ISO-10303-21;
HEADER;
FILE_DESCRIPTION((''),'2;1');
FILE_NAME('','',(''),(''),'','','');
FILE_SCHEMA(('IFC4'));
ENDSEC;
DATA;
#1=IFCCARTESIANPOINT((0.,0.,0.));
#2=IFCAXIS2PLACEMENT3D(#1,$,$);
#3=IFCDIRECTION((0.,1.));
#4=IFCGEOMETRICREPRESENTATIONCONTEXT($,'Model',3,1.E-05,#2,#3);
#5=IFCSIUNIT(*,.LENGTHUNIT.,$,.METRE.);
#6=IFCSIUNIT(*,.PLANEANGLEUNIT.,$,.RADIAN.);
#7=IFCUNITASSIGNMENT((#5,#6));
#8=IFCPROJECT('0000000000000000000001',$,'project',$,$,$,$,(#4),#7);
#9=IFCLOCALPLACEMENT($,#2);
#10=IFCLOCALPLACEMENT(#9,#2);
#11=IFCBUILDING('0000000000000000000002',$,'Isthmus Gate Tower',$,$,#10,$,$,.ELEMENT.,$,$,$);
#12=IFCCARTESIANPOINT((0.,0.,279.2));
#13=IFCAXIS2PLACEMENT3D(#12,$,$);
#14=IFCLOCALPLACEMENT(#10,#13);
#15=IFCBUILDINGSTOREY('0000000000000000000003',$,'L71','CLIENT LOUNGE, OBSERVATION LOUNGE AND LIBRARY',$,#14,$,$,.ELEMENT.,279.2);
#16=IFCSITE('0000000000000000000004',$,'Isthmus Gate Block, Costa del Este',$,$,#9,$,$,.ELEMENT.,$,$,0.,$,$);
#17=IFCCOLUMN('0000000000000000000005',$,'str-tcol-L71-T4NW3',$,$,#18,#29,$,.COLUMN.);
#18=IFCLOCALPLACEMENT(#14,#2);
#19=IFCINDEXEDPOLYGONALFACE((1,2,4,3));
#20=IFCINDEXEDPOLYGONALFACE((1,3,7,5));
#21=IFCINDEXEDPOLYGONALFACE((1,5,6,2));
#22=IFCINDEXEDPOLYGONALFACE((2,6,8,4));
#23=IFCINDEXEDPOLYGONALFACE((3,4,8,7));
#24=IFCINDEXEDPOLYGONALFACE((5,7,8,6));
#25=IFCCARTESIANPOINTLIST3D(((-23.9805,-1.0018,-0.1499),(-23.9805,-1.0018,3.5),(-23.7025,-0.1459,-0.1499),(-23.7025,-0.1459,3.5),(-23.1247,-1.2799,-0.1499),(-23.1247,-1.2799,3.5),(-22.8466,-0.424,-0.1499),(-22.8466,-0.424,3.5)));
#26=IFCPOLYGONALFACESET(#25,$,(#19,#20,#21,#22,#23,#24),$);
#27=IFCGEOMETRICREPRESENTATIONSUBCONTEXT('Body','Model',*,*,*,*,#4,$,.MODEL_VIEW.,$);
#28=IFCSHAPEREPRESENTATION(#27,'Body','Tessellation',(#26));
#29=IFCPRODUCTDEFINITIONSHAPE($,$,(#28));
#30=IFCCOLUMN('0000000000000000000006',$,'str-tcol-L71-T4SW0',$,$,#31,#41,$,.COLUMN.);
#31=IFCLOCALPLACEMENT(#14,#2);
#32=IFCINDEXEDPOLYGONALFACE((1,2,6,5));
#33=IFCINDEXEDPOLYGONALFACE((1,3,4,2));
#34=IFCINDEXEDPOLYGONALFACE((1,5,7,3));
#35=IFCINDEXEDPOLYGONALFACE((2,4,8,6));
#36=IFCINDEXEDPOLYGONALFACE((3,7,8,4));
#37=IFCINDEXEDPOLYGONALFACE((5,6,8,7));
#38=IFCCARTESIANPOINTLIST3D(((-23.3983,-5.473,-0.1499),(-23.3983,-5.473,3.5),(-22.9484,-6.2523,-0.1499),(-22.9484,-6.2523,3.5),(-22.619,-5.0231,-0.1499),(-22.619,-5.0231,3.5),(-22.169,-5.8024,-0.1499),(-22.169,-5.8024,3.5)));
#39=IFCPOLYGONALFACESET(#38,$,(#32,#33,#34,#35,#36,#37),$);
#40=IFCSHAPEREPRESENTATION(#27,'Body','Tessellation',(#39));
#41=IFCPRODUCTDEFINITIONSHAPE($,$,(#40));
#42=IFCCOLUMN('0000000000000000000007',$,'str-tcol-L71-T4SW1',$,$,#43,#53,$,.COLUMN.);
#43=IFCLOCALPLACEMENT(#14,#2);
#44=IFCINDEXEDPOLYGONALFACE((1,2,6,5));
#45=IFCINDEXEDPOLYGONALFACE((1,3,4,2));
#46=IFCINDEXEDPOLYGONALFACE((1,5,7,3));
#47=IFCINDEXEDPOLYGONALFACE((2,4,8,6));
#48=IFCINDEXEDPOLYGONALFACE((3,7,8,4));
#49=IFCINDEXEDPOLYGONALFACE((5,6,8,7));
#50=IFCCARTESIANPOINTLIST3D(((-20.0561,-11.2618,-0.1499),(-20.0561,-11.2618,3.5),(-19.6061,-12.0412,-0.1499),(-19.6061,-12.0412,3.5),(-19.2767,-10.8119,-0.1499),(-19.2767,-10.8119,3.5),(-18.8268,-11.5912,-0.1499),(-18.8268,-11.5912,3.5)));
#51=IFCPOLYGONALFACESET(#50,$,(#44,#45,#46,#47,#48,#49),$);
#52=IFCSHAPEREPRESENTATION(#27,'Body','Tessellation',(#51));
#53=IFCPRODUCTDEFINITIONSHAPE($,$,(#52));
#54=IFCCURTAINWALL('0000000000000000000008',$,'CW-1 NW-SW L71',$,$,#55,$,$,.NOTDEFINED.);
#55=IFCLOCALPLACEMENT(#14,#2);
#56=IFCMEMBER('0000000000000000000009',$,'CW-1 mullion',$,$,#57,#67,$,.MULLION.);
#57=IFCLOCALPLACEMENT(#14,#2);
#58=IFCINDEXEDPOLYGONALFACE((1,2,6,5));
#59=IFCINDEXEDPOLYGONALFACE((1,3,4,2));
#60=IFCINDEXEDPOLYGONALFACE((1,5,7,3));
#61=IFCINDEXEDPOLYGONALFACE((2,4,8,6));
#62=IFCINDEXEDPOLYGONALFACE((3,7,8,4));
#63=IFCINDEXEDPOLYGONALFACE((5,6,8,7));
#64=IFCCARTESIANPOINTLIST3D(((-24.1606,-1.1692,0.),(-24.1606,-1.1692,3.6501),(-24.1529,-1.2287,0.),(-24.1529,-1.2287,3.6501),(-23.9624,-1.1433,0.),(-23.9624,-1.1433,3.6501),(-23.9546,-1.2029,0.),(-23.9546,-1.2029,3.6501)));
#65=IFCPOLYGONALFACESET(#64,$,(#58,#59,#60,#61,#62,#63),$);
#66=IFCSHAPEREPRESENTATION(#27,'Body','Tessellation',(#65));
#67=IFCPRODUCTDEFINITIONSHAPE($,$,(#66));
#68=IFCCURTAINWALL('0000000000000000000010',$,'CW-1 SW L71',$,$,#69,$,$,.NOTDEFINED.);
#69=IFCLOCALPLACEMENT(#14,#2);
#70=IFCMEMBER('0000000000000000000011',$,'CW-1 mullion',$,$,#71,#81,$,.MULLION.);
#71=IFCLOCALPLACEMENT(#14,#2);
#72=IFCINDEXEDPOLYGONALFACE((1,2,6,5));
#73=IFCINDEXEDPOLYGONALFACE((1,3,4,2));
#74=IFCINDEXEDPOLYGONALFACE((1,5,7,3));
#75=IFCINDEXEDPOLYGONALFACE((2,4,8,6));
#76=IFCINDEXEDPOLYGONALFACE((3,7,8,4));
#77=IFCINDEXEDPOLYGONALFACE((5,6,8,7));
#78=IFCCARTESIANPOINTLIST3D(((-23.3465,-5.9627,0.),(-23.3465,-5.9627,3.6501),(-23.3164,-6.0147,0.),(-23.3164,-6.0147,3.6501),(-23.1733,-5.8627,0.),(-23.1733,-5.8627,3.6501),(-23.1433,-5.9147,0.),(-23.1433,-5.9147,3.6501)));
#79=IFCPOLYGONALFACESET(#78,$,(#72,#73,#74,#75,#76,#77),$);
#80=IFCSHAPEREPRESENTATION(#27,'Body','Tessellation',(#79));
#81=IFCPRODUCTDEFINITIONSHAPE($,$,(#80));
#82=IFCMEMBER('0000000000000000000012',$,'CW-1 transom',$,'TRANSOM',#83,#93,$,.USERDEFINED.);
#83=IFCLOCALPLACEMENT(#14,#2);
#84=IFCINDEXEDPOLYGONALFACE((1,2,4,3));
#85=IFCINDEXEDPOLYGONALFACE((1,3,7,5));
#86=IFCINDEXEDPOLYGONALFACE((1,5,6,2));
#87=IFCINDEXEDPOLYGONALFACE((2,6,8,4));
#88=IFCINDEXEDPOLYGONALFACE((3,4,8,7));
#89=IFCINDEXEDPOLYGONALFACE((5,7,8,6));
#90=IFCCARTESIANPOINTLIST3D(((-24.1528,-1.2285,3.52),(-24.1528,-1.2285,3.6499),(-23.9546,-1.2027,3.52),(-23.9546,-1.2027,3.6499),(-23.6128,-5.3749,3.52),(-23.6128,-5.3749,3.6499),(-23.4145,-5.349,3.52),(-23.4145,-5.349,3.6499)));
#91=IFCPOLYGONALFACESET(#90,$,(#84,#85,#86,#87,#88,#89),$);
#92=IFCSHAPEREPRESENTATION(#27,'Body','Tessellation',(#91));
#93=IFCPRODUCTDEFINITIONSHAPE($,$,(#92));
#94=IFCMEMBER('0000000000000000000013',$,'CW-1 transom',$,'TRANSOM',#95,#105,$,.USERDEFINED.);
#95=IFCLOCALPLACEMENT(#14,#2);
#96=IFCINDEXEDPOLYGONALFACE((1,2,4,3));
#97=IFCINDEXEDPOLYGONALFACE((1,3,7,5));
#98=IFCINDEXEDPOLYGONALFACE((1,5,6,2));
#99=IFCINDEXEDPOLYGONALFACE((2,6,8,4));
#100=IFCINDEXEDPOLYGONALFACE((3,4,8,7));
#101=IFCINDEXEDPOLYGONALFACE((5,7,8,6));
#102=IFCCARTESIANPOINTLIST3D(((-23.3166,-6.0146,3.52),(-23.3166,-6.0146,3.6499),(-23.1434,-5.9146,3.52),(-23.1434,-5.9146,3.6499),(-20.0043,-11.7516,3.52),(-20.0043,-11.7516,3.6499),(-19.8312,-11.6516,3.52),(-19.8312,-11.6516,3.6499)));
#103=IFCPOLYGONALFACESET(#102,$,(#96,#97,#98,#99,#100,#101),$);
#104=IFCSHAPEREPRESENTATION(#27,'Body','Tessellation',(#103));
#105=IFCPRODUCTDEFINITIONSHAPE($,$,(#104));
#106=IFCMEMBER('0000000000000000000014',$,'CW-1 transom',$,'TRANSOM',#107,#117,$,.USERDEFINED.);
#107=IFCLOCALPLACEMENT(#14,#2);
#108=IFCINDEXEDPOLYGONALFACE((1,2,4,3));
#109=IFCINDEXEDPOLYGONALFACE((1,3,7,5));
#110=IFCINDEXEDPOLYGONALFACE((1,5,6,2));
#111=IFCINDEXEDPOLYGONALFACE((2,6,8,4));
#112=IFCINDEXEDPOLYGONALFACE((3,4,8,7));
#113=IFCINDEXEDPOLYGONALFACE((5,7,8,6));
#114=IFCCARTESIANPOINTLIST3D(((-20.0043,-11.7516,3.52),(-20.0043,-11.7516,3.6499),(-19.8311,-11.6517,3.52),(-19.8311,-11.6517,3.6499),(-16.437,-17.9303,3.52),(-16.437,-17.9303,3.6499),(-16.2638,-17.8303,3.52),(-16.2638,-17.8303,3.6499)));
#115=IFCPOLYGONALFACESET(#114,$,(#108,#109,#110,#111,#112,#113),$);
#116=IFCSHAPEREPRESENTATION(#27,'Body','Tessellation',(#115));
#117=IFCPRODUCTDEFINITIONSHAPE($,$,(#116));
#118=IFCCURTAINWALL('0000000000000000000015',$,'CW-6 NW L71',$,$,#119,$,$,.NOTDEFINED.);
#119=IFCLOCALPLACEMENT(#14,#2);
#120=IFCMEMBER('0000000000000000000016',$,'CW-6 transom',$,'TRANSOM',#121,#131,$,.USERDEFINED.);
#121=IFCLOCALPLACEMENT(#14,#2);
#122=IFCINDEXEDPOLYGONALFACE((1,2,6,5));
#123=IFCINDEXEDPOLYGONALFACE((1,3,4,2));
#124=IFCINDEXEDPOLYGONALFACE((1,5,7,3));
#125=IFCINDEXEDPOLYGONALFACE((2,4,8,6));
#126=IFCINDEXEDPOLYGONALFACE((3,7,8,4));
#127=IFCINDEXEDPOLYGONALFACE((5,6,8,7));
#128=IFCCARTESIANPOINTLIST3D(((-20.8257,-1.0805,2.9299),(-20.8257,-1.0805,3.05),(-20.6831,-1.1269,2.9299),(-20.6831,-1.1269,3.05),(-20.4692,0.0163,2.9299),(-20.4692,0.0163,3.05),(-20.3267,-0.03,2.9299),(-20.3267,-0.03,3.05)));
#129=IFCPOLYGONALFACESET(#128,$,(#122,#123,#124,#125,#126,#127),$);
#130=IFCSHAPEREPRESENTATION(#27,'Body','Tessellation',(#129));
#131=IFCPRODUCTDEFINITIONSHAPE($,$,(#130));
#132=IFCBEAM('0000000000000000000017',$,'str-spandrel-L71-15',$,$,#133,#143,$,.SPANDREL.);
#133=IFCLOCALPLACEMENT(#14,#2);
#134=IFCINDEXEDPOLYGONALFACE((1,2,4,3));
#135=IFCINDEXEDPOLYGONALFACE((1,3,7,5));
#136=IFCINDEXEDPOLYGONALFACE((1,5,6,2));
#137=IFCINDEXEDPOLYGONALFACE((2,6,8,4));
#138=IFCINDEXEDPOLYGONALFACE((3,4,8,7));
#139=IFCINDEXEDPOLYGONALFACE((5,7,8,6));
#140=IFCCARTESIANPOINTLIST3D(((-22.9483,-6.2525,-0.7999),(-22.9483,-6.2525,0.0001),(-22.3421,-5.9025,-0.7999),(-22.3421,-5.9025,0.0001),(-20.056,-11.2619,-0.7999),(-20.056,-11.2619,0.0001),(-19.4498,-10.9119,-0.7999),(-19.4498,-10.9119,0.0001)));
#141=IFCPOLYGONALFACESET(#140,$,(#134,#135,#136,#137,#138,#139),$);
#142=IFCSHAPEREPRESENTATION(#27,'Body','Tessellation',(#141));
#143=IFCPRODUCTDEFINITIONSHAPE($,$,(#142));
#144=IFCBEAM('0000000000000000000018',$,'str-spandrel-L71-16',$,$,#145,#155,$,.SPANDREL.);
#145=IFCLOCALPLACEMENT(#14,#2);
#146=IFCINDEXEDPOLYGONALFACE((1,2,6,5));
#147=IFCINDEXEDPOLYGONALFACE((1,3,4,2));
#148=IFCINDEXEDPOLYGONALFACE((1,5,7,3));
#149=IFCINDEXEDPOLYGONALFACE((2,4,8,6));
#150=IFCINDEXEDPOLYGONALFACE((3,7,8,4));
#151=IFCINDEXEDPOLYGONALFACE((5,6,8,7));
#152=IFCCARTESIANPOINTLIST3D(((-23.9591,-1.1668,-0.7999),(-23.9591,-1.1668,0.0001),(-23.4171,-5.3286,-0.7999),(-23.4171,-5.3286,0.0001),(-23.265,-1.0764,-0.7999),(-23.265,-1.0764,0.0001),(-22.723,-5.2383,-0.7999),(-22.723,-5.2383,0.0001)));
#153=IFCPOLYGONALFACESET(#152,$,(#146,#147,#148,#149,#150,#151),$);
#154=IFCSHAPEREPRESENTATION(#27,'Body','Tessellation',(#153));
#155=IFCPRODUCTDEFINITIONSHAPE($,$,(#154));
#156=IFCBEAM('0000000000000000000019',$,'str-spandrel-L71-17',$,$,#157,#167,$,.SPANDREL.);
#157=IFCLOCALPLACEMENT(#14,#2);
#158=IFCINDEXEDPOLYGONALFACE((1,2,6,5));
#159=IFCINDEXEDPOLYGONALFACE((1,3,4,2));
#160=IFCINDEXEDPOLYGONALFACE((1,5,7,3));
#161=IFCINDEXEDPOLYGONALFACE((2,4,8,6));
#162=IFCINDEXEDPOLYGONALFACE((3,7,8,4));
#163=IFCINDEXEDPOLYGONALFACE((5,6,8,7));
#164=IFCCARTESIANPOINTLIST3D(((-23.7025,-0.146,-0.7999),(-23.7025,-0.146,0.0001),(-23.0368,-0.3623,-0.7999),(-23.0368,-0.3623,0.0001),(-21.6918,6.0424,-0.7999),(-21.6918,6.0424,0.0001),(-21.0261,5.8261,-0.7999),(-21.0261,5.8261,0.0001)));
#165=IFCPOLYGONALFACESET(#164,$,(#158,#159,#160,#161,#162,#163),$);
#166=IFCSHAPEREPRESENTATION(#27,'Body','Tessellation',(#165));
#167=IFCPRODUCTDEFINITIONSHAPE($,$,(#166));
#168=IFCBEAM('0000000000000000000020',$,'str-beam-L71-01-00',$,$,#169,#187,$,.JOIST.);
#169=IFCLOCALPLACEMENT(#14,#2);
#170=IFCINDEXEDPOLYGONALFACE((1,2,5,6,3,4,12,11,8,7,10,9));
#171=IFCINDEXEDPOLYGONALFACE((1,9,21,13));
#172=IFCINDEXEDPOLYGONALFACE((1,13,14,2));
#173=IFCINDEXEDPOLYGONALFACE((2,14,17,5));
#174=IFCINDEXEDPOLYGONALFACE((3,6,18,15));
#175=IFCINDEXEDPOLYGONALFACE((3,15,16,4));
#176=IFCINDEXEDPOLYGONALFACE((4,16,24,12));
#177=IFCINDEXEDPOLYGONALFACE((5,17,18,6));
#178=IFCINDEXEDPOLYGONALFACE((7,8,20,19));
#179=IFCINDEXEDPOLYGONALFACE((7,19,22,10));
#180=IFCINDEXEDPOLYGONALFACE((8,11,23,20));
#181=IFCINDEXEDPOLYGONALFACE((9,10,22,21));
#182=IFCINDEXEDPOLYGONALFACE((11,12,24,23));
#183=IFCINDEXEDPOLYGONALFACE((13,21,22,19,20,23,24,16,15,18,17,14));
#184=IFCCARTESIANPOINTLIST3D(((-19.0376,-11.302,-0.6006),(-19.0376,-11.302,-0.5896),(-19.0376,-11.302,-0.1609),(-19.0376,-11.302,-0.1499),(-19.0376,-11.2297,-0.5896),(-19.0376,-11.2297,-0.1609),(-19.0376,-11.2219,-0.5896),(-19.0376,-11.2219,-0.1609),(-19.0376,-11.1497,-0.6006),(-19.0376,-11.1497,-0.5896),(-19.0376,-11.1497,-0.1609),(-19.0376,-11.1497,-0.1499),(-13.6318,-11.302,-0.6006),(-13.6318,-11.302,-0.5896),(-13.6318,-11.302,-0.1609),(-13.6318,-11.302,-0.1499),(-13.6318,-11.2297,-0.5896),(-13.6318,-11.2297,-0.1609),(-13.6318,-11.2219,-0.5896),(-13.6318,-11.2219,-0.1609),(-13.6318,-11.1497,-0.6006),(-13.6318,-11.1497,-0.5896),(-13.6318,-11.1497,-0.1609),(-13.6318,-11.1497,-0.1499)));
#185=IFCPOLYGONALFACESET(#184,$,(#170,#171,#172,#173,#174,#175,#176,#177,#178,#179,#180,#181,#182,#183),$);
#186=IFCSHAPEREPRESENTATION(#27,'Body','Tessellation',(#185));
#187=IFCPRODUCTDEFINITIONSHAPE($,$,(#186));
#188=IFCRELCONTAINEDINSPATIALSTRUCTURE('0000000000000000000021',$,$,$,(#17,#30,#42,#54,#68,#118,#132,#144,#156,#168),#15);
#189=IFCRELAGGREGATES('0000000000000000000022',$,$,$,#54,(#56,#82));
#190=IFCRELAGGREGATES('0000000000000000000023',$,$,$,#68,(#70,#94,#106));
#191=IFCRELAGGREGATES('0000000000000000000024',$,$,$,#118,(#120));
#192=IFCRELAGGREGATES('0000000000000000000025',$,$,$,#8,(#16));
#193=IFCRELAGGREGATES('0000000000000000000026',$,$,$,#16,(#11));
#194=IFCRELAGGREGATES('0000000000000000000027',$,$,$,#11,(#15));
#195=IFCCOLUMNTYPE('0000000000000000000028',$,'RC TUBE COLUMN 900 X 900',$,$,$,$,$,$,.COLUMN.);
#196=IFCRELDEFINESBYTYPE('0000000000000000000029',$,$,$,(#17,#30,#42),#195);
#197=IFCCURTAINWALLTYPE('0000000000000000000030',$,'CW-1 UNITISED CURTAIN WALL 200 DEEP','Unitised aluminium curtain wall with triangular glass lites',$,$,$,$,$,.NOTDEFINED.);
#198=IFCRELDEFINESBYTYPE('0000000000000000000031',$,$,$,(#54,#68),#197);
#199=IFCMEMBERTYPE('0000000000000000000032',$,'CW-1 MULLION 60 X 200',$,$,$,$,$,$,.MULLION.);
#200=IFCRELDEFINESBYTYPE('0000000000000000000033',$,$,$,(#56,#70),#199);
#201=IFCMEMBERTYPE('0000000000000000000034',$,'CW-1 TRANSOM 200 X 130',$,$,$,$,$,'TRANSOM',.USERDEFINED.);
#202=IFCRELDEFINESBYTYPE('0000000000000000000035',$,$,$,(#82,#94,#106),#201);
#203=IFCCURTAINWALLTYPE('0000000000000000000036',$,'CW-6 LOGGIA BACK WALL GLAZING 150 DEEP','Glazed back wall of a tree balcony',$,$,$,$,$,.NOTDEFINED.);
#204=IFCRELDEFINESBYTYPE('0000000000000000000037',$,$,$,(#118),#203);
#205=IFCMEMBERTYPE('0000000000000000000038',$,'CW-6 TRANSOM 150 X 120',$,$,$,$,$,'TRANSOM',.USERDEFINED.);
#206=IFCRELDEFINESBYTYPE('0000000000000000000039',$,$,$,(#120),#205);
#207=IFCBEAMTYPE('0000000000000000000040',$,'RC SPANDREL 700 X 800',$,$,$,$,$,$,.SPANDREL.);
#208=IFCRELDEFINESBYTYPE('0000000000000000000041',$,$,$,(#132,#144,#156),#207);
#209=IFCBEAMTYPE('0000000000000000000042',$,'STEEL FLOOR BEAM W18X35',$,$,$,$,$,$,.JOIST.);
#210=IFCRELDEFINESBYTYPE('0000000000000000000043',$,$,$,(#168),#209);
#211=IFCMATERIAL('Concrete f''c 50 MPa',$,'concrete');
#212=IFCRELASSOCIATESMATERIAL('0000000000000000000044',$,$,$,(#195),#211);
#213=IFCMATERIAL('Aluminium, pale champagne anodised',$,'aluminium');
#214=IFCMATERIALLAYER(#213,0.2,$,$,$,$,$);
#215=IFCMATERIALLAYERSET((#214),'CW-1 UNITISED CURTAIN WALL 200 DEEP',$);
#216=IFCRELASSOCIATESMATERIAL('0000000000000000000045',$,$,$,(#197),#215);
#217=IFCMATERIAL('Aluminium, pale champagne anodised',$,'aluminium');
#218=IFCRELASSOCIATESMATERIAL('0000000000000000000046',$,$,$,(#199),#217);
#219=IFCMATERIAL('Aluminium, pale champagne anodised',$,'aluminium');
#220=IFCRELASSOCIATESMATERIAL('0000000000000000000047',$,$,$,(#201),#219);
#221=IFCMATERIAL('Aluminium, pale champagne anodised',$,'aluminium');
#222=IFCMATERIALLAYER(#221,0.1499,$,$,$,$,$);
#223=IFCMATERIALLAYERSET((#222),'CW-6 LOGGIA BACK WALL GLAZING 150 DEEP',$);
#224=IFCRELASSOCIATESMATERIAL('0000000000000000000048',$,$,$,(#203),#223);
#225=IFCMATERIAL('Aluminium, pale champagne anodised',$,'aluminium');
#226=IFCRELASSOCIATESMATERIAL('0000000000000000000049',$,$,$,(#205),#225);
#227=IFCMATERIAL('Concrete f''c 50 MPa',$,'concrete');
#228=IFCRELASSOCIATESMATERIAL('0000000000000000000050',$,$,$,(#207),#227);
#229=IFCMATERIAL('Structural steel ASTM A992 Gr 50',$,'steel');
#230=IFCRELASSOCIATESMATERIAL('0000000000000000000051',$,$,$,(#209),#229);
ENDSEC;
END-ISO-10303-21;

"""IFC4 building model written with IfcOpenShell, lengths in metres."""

from ifc_helpers import new_model, si_unit, direction, frame, origin, origin_2d, place, context, subcontext, project, spatial, rectangle, i_section, extrude, material, layer, layer_set, material_profile, profile_set, type_object, element, aggregate, save


model = new_model("IFC4")

# Units and contexts
model_context = context("Model", 3, precision=1e-05, world=origin(), true_north=direction((0.0, 1.0)))
body_context = subcontext(model_context, "Body", "Model", "MODEL_VIEW")
ifc_project = project(units=[si_unit("LENGTHUNIT", "METRE"), si_unit("PLANEANGLEUNIT", "RADIAN")], contexts=[model_context])

# Site, building, storey
site_placement = place(None, origin())
site = spatial("IfcSite", under=ifc_project, at=site_placement, Name="Isthmus Gate Block, Costa del Este", CompositionType="ELEMENT", RefElevation=0.0)
building_placement = place(site_placement, origin())
building = spatial("IfcBuilding", under=site, at=building_placement, Name="Isthmus Gate Tower", CompositionType="ELEMENT")
storey_placement = place(building_placement, frame((0.0, 0.0, 279.2)))
storey = spatial("IfcBuildingStorey", under=building, at=storey_placement, Name="L71", Description="CLIENT LOUNGE, OBSERVATION LOUNGE AND LIBRARY", CompositionType="ELEMENT", Elevation=279.2)

# Columns
ifc_material_1 = material(Name="Concrete f'c 50 MPa", Category="concrete")
ifc_material_profile_1 = material_profile(ifc_material_1, rectangle(XDim=0.8999, YDim=0.8999, at=origin_2d()), Name="RC 900X900")
ifc_profile_set_1 = profile_set([ifc_material_profile_1], Name="Concrete f'c 50 MPa")
column_type = type_object("IfcColumnType", Name="RC TUBE COLUMN 900 X 900", PredefinedType="COLUMN", material=ifc_profile_set_1)
for number, where, z_axis, x_axis, name in (
    (1, (-23.4136, -0.7129, -0.1499), (0.0, 0.0, 1.0), (-0.309017, -0.951057, 0.0), "str-tcol-L71-T4NW3"),
    (2, (-22.7837, -5.6377, -0.1499), (0.0, 0.0, 1.0), (0.5, -0.866025, 0.0), "str-tcol-L71-T4SW0"),
    (3, (-19.4414, -11.4265, -0.1499), (0.0, 0.0, 1.0), (0.5, -0.866025, 0.0), "str-tcol-L71-T4SW1"),
):
    element("IfcColumn", number, at=place(storey_placement, frame(where, z_axis=z_axis, x_axis=x_axis)), inside=storey, type_object=column_type, Name=name, PredefinedType="COLUMN", context=body_context, shape_type="SweptSolid", body=[
        extrude(rectangle(XDim=0.8999, YDim=0.8999, at=origin_2d()), origin(), (0.0, 0.0, 1.0), 3.6499),
    ])

# Curtain walls, members
ifc_material_2 = material(Name="Aluminium, pale champagne anodised", Category="aluminium")
ifc_layer_1 = layer(ifc_material_2, 0.2)
ifc_layer_set_1 = layer_set([ifc_layer_1], Name="CW-1 UNITISED CURTAIN WALL 200 DEEP")
curtain_wall_type_1 = type_object("IfcCurtainWallType", Name="CW-1 UNITISED CURTAIN WALL 200 DEEP", Description="Unitised aluminium curtain wall with triangular glass lites", PredefinedType="NOTDEFINED", material=ifc_layer_set_1)
curtain_wall_1_placement = place(storey_placement, origin())
curtain_wall_1 = element("IfcCurtainWall", 4, at=curtain_wall_1_placement, inside=storey, type_object=curtain_wall_type_1, Name="CW-1 NW-SW L71", PredefinedType="NOTDEFINED")
ifc_material_3 = material(Name="Aluminium, pale champagne anodised", Category="aluminium")
ifc_material_profile_2 = material_profile(ifc_material_3, rectangle(XDim=0.0601, YDim=0.2, at=origin_2d()), Name="60x200")
ifc_profile_set_2 = profile_set([ifc_material_profile_2], Name="Aluminium, pale champagne anodised")
member_type_1 = type_object("IfcMemberType", Name="CW-1 MULLION 60 X 200", PredefinedType="MULLION", material=ifc_profile_set_2)
member_1_placement = place(storey_placement, frame((-24.0576, -1.186, 0.0), z_axis=(0.0, 0.0, 1.0), x_axis=(0.129165, -0.991623, 0.0)))
member_1 = element("IfcMember", 5, at=member_1_placement, type_object=member_type_1, Name="CW-1 mullion", PredefinedType="MULLION", context=body_context, shape_type="SweptSolid", body=[
    extrude(rectangle(XDim=0.0601, YDim=0.2, at=origin_2d()), origin(), (0.0, 0.0, 1.0), 3.6501),
])
curtain_wall_2_placement = place(storey_placement, origin())
curtain_wall_2 = element("IfcCurtainWall", 6, at=curtain_wall_2_placement, inside=storey, type_object=curtain_wall_type_1, Name="CW-1 SW L71", PredefinedType="NOTDEFINED")
member_2_placement = place(storey_placement, frame((-23.2449, -5.9387, 0.0), z_axis=(0.0, 0.0, 1.0), x_axis=(0.5, -0.866025, 0.0)))
member_2 = element("IfcMember", 7, at=member_2_placement, type_object=member_type_1, Name="CW-1 mullion", PredefinedType="MULLION", context=body_context, shape_type="SweptSolid", body=[
    extrude(rectangle(XDim=0.0601, YDim=0.2, at=origin_2d()), origin(), (0.0, 0.0, 1.0), 3.6501),
])

# Members
ifc_material_4 = material(Name="Aluminium, pale champagne anodised", Category="aluminium")
ifc_material_profile_3 = material_profile(ifc_material_4, rectangle(XDim=0.2, YDim=0.1299, at=origin_2d()), Name="200x130")
ifc_profile_set_3 = profile_set([ifc_material_profile_3], Name="Aluminium, pale champagne anodised")
member_type_2 = type_object("IfcMemberType", Name="CW-1 TRANSOM 200 X 130", ElementType="TRANSOM", PredefinedType="USERDEFINED", material=ifc_profile_set_3)
member_3_placement = place(storey_placement, frame((-24.0537, -1.2156, 3.585), z_axis=(0.129149, -0.991625, 0.0), x_axis=(0.991625, 0.129149, 0.0)))
member_3 = element("IfcMember", 8, at=member_3_placement, type_object=member_type_2, Name="CW-1 transom", ObjectType="TRANSOM", PredefinedType="USERDEFINED", context=body_context, shape_type="SweptSolid", body=[
    extrude(rectangle(XDim=0.2, YDim=0.1299, at=origin_2d()), origin(), (0.0, 0.0, 1.0), 4.1814),
])
member_4_placement = place(storey_placement, frame((-23.23, -5.9646, 3.585), z_axis=(0.499996, -0.866028, 0.0), x_axis=(0.866028, 0.499996, 0.0)))
member_4 = element("IfcMember", 9, at=member_4_placement, type_object=member_type_2, Name="CW-1 transom", ObjectType="TRANSOM", PredefinedType="USERDEFINED", context=body_context, shape_type="SweptSolid", body=[
    extrude(rectangle(XDim=0.2, YDim=0.1299, at=origin_2d()), origin(), (0.0, 0.0, 1.0), 6.6245),
])
member_5_placement = place(storey_placement, frame((-19.9177, -11.7017, 3.585), z_axis=(0.500011, -0.866019, 0.0), x_axis=(0.866019, 0.500011, 0.0)))
member_5 = element("IfcMember", 10, at=member_5_placement, type_object=member_type_2, Name="CW-1 transom", ObjectType="TRANSOM", PredefinedType="USERDEFINED", context=body_context, shape_type="SweptSolid", body=[
    extrude(rectangle(XDim=0.2, YDim=0.1299, at=origin_2d()), origin(), (0.0, 0.0, 1.0), 7.1345),
])

# Curtain wall, member
ifc_material_5 = material(Name="Aluminium, pale champagne anodised", Category="aluminium")
ifc_layer_2 = layer(ifc_material_5, 0.1499)
ifc_layer_set_2 = layer_set([ifc_layer_2], Name="CW-6 LOGGIA BACK WALL GLAZING 150 DEEP")
curtain_wall_type_2 = type_object("IfcCurtainWallType", Name="CW-6 LOGGIA BACK WALL GLAZING 150 DEEP", Description="Glazed back wall of a tree balcony", PredefinedType="NOTDEFINED", material=ifc_layer_set_2)
curtain_wall_3_placement = place(storey_placement, origin())
curtain_wall_3 = element("IfcCurtainWall", 11, at=curtain_wall_3_placement, inside=storey, type_object=curtain_wall_type_2, Name="CW-6 NW L71", PredefinedType="NOTDEFINED")
ifc_material_6 = material(Name="Aluminium, pale champagne anodised", Category="aluminium")
ifc_material_profile_4 = material_profile(ifc_material_6, rectangle(XDim=0.1499, YDim=0.1201, at=origin_2d()), Name="150x120")
ifc_profile_set_4 = profile_set([ifc_material_profile_4], Name="Aluminium, pale champagne anodised")
member_type_3 = type_object("IfcMemberType", Name="CW-6 TRANSOM 150 X 120", ElementType="TRANSOM", PredefinedType="USERDEFINED", material=ifc_profile_set_4)
member_6_placement = place(storey_placement, frame((-20.3979, -0.0068, 2.99), z_axis=(-0.309043, -0.951048, 0.0), x_axis=(0.951048, -0.309043, 0.0)))
member_6 = element("IfcMember", 12, at=member_6_placement, type_object=member_type_3, Name="CW-6 transom", ObjectType="TRANSOM", PredefinedType="USERDEFINED", context=body_context, shape_type="SweptSolid", body=[
    extrude(rectangle(XDim=0.1499, YDim=0.1201, at=origin_2d()), origin(), (0.0, 0.0, 1.0), 1.1533),
])

# Beams
ifc_material_7 = material(Name="Concrete f'c 50 MPa", Category="concrete")
ifc_material_profile_5 = material_profile(ifc_material_7, rectangle(XDim=0.7, YDim=0.8, at=origin_2d()), Name="RC 700X800")
ifc_profile_set_5 = profile_set([ifc_material_profile_5], Name="Concrete f'c 50 MPa")
beam_type_1 = type_object("IfcBeamType", Name="RC SPANDREL 700 X 800", PredefinedType="SPANDREL", material=ifc_profile_set_5)
beam_1_placement = place(storey_placement, frame((-19.7529, -11.0869, -0.3999), z_axis=(-0.500011, 0.866019, 0.0), x_axis=(-0.866019, -0.500011, 0.0)))
element("IfcBeam", 13, at=beam_1_placement, inside=storey, type_object=beam_type_1, Name="str-spandrel-L71-15", PredefinedType="SPANDREL", context=body_context, shape_type="SweptSolid", body=[
    extrude(rectangle(XDim=0.7, YDim=0.8, at=origin_2d()), origin(), (0.0, 0.0, 1.0), 5.7844),
])
beam_2_placement = place(storey_placement, frame((-23.0701, -5.2834, -0.3999), z_axis=(-0.129138, 0.991627, 0.0), x_axis=(-0.991627, -0.129138, 0.0)))
element("IfcBeam", 14, at=beam_2_placement, inside=storey, type_object=beam_type_1, Name="str-spandrel-L71-16", PredefinedType="SPANDREL", context=body_context, shape_type="SweptSolid", body=[
    extrude(rectangle(XDim=0.7, YDim=0.8, at=origin_2d()), origin(), (0.0, 0.0, 1.0), 4.197),
])
beam_3_placement = place(storey_placement, frame((-23.3696, -0.2542, -0.3999), z_axis=(0.309015, 0.951057, 0.0), x_axis=(-0.951057, 0.309015, 0.0)))
element("IfcBeam", 15, at=beam_3_placement, inside=storey, type_object=beam_type_1, Name="str-spandrel-L71-17", PredefinedType="SPANDREL", context=body_context, shape_type="SweptSolid", body=[
    extrude(rectangle(XDim=0.7, YDim=0.8, at=origin_2d()), origin(), (0.0, 0.0, 1.0), 6.5068),
])
ifc_material_8 = material(Name="Structural steel ASTM A992 Gr 50", Category="steel")
ifc_material_profile_6 = material_profile(ifc_material_8, i_section(OverallWidth=0.1523, OverallDepth=0.4507, WebThickness=0.0078, FlangeThickness=0.011, at=origin_2d()), Name="W18X35")
ifc_profile_set_6 = profile_set([ifc_material_profile_6], Name="Structural steel ASTM A992 Gr 50")
beam_type_2 = type_object("IfcBeamType", Name="STEEL FLOOR BEAM W18X35", PredefinedType="JOIST", material=ifc_profile_set_6)
beam_4_placement = place(storey_placement, frame((-19.0376, -11.2258, -0.3752), z_axis=(1.0, 0.0, 0.0), x_axis=(0.0, 1.0, 0.0)))
element("IfcBeam", 16, at=beam_4_placement, inside=storey, type_object=beam_type_2, Name="str-beam-L71-01-00", PredefinedType="JOIST", context=body_context, shape_type="SweptSolid", body=[
    extrude(i_section(OverallWidth=0.1523, OverallDepth=0.4507, WebThickness=0.0078, FlangeThickness=0.011, at=origin_2d()), origin(), (0.0, 0.0, 1.0), 5.4058),
])

aggregate(curtain_wall_1, [member_1, member_3])
aggregate(curtain_wall_2, [member_2, member_4, member_5])
aggregate(curtain_wall_3, [member_6])

save(model, "model.ifc")
